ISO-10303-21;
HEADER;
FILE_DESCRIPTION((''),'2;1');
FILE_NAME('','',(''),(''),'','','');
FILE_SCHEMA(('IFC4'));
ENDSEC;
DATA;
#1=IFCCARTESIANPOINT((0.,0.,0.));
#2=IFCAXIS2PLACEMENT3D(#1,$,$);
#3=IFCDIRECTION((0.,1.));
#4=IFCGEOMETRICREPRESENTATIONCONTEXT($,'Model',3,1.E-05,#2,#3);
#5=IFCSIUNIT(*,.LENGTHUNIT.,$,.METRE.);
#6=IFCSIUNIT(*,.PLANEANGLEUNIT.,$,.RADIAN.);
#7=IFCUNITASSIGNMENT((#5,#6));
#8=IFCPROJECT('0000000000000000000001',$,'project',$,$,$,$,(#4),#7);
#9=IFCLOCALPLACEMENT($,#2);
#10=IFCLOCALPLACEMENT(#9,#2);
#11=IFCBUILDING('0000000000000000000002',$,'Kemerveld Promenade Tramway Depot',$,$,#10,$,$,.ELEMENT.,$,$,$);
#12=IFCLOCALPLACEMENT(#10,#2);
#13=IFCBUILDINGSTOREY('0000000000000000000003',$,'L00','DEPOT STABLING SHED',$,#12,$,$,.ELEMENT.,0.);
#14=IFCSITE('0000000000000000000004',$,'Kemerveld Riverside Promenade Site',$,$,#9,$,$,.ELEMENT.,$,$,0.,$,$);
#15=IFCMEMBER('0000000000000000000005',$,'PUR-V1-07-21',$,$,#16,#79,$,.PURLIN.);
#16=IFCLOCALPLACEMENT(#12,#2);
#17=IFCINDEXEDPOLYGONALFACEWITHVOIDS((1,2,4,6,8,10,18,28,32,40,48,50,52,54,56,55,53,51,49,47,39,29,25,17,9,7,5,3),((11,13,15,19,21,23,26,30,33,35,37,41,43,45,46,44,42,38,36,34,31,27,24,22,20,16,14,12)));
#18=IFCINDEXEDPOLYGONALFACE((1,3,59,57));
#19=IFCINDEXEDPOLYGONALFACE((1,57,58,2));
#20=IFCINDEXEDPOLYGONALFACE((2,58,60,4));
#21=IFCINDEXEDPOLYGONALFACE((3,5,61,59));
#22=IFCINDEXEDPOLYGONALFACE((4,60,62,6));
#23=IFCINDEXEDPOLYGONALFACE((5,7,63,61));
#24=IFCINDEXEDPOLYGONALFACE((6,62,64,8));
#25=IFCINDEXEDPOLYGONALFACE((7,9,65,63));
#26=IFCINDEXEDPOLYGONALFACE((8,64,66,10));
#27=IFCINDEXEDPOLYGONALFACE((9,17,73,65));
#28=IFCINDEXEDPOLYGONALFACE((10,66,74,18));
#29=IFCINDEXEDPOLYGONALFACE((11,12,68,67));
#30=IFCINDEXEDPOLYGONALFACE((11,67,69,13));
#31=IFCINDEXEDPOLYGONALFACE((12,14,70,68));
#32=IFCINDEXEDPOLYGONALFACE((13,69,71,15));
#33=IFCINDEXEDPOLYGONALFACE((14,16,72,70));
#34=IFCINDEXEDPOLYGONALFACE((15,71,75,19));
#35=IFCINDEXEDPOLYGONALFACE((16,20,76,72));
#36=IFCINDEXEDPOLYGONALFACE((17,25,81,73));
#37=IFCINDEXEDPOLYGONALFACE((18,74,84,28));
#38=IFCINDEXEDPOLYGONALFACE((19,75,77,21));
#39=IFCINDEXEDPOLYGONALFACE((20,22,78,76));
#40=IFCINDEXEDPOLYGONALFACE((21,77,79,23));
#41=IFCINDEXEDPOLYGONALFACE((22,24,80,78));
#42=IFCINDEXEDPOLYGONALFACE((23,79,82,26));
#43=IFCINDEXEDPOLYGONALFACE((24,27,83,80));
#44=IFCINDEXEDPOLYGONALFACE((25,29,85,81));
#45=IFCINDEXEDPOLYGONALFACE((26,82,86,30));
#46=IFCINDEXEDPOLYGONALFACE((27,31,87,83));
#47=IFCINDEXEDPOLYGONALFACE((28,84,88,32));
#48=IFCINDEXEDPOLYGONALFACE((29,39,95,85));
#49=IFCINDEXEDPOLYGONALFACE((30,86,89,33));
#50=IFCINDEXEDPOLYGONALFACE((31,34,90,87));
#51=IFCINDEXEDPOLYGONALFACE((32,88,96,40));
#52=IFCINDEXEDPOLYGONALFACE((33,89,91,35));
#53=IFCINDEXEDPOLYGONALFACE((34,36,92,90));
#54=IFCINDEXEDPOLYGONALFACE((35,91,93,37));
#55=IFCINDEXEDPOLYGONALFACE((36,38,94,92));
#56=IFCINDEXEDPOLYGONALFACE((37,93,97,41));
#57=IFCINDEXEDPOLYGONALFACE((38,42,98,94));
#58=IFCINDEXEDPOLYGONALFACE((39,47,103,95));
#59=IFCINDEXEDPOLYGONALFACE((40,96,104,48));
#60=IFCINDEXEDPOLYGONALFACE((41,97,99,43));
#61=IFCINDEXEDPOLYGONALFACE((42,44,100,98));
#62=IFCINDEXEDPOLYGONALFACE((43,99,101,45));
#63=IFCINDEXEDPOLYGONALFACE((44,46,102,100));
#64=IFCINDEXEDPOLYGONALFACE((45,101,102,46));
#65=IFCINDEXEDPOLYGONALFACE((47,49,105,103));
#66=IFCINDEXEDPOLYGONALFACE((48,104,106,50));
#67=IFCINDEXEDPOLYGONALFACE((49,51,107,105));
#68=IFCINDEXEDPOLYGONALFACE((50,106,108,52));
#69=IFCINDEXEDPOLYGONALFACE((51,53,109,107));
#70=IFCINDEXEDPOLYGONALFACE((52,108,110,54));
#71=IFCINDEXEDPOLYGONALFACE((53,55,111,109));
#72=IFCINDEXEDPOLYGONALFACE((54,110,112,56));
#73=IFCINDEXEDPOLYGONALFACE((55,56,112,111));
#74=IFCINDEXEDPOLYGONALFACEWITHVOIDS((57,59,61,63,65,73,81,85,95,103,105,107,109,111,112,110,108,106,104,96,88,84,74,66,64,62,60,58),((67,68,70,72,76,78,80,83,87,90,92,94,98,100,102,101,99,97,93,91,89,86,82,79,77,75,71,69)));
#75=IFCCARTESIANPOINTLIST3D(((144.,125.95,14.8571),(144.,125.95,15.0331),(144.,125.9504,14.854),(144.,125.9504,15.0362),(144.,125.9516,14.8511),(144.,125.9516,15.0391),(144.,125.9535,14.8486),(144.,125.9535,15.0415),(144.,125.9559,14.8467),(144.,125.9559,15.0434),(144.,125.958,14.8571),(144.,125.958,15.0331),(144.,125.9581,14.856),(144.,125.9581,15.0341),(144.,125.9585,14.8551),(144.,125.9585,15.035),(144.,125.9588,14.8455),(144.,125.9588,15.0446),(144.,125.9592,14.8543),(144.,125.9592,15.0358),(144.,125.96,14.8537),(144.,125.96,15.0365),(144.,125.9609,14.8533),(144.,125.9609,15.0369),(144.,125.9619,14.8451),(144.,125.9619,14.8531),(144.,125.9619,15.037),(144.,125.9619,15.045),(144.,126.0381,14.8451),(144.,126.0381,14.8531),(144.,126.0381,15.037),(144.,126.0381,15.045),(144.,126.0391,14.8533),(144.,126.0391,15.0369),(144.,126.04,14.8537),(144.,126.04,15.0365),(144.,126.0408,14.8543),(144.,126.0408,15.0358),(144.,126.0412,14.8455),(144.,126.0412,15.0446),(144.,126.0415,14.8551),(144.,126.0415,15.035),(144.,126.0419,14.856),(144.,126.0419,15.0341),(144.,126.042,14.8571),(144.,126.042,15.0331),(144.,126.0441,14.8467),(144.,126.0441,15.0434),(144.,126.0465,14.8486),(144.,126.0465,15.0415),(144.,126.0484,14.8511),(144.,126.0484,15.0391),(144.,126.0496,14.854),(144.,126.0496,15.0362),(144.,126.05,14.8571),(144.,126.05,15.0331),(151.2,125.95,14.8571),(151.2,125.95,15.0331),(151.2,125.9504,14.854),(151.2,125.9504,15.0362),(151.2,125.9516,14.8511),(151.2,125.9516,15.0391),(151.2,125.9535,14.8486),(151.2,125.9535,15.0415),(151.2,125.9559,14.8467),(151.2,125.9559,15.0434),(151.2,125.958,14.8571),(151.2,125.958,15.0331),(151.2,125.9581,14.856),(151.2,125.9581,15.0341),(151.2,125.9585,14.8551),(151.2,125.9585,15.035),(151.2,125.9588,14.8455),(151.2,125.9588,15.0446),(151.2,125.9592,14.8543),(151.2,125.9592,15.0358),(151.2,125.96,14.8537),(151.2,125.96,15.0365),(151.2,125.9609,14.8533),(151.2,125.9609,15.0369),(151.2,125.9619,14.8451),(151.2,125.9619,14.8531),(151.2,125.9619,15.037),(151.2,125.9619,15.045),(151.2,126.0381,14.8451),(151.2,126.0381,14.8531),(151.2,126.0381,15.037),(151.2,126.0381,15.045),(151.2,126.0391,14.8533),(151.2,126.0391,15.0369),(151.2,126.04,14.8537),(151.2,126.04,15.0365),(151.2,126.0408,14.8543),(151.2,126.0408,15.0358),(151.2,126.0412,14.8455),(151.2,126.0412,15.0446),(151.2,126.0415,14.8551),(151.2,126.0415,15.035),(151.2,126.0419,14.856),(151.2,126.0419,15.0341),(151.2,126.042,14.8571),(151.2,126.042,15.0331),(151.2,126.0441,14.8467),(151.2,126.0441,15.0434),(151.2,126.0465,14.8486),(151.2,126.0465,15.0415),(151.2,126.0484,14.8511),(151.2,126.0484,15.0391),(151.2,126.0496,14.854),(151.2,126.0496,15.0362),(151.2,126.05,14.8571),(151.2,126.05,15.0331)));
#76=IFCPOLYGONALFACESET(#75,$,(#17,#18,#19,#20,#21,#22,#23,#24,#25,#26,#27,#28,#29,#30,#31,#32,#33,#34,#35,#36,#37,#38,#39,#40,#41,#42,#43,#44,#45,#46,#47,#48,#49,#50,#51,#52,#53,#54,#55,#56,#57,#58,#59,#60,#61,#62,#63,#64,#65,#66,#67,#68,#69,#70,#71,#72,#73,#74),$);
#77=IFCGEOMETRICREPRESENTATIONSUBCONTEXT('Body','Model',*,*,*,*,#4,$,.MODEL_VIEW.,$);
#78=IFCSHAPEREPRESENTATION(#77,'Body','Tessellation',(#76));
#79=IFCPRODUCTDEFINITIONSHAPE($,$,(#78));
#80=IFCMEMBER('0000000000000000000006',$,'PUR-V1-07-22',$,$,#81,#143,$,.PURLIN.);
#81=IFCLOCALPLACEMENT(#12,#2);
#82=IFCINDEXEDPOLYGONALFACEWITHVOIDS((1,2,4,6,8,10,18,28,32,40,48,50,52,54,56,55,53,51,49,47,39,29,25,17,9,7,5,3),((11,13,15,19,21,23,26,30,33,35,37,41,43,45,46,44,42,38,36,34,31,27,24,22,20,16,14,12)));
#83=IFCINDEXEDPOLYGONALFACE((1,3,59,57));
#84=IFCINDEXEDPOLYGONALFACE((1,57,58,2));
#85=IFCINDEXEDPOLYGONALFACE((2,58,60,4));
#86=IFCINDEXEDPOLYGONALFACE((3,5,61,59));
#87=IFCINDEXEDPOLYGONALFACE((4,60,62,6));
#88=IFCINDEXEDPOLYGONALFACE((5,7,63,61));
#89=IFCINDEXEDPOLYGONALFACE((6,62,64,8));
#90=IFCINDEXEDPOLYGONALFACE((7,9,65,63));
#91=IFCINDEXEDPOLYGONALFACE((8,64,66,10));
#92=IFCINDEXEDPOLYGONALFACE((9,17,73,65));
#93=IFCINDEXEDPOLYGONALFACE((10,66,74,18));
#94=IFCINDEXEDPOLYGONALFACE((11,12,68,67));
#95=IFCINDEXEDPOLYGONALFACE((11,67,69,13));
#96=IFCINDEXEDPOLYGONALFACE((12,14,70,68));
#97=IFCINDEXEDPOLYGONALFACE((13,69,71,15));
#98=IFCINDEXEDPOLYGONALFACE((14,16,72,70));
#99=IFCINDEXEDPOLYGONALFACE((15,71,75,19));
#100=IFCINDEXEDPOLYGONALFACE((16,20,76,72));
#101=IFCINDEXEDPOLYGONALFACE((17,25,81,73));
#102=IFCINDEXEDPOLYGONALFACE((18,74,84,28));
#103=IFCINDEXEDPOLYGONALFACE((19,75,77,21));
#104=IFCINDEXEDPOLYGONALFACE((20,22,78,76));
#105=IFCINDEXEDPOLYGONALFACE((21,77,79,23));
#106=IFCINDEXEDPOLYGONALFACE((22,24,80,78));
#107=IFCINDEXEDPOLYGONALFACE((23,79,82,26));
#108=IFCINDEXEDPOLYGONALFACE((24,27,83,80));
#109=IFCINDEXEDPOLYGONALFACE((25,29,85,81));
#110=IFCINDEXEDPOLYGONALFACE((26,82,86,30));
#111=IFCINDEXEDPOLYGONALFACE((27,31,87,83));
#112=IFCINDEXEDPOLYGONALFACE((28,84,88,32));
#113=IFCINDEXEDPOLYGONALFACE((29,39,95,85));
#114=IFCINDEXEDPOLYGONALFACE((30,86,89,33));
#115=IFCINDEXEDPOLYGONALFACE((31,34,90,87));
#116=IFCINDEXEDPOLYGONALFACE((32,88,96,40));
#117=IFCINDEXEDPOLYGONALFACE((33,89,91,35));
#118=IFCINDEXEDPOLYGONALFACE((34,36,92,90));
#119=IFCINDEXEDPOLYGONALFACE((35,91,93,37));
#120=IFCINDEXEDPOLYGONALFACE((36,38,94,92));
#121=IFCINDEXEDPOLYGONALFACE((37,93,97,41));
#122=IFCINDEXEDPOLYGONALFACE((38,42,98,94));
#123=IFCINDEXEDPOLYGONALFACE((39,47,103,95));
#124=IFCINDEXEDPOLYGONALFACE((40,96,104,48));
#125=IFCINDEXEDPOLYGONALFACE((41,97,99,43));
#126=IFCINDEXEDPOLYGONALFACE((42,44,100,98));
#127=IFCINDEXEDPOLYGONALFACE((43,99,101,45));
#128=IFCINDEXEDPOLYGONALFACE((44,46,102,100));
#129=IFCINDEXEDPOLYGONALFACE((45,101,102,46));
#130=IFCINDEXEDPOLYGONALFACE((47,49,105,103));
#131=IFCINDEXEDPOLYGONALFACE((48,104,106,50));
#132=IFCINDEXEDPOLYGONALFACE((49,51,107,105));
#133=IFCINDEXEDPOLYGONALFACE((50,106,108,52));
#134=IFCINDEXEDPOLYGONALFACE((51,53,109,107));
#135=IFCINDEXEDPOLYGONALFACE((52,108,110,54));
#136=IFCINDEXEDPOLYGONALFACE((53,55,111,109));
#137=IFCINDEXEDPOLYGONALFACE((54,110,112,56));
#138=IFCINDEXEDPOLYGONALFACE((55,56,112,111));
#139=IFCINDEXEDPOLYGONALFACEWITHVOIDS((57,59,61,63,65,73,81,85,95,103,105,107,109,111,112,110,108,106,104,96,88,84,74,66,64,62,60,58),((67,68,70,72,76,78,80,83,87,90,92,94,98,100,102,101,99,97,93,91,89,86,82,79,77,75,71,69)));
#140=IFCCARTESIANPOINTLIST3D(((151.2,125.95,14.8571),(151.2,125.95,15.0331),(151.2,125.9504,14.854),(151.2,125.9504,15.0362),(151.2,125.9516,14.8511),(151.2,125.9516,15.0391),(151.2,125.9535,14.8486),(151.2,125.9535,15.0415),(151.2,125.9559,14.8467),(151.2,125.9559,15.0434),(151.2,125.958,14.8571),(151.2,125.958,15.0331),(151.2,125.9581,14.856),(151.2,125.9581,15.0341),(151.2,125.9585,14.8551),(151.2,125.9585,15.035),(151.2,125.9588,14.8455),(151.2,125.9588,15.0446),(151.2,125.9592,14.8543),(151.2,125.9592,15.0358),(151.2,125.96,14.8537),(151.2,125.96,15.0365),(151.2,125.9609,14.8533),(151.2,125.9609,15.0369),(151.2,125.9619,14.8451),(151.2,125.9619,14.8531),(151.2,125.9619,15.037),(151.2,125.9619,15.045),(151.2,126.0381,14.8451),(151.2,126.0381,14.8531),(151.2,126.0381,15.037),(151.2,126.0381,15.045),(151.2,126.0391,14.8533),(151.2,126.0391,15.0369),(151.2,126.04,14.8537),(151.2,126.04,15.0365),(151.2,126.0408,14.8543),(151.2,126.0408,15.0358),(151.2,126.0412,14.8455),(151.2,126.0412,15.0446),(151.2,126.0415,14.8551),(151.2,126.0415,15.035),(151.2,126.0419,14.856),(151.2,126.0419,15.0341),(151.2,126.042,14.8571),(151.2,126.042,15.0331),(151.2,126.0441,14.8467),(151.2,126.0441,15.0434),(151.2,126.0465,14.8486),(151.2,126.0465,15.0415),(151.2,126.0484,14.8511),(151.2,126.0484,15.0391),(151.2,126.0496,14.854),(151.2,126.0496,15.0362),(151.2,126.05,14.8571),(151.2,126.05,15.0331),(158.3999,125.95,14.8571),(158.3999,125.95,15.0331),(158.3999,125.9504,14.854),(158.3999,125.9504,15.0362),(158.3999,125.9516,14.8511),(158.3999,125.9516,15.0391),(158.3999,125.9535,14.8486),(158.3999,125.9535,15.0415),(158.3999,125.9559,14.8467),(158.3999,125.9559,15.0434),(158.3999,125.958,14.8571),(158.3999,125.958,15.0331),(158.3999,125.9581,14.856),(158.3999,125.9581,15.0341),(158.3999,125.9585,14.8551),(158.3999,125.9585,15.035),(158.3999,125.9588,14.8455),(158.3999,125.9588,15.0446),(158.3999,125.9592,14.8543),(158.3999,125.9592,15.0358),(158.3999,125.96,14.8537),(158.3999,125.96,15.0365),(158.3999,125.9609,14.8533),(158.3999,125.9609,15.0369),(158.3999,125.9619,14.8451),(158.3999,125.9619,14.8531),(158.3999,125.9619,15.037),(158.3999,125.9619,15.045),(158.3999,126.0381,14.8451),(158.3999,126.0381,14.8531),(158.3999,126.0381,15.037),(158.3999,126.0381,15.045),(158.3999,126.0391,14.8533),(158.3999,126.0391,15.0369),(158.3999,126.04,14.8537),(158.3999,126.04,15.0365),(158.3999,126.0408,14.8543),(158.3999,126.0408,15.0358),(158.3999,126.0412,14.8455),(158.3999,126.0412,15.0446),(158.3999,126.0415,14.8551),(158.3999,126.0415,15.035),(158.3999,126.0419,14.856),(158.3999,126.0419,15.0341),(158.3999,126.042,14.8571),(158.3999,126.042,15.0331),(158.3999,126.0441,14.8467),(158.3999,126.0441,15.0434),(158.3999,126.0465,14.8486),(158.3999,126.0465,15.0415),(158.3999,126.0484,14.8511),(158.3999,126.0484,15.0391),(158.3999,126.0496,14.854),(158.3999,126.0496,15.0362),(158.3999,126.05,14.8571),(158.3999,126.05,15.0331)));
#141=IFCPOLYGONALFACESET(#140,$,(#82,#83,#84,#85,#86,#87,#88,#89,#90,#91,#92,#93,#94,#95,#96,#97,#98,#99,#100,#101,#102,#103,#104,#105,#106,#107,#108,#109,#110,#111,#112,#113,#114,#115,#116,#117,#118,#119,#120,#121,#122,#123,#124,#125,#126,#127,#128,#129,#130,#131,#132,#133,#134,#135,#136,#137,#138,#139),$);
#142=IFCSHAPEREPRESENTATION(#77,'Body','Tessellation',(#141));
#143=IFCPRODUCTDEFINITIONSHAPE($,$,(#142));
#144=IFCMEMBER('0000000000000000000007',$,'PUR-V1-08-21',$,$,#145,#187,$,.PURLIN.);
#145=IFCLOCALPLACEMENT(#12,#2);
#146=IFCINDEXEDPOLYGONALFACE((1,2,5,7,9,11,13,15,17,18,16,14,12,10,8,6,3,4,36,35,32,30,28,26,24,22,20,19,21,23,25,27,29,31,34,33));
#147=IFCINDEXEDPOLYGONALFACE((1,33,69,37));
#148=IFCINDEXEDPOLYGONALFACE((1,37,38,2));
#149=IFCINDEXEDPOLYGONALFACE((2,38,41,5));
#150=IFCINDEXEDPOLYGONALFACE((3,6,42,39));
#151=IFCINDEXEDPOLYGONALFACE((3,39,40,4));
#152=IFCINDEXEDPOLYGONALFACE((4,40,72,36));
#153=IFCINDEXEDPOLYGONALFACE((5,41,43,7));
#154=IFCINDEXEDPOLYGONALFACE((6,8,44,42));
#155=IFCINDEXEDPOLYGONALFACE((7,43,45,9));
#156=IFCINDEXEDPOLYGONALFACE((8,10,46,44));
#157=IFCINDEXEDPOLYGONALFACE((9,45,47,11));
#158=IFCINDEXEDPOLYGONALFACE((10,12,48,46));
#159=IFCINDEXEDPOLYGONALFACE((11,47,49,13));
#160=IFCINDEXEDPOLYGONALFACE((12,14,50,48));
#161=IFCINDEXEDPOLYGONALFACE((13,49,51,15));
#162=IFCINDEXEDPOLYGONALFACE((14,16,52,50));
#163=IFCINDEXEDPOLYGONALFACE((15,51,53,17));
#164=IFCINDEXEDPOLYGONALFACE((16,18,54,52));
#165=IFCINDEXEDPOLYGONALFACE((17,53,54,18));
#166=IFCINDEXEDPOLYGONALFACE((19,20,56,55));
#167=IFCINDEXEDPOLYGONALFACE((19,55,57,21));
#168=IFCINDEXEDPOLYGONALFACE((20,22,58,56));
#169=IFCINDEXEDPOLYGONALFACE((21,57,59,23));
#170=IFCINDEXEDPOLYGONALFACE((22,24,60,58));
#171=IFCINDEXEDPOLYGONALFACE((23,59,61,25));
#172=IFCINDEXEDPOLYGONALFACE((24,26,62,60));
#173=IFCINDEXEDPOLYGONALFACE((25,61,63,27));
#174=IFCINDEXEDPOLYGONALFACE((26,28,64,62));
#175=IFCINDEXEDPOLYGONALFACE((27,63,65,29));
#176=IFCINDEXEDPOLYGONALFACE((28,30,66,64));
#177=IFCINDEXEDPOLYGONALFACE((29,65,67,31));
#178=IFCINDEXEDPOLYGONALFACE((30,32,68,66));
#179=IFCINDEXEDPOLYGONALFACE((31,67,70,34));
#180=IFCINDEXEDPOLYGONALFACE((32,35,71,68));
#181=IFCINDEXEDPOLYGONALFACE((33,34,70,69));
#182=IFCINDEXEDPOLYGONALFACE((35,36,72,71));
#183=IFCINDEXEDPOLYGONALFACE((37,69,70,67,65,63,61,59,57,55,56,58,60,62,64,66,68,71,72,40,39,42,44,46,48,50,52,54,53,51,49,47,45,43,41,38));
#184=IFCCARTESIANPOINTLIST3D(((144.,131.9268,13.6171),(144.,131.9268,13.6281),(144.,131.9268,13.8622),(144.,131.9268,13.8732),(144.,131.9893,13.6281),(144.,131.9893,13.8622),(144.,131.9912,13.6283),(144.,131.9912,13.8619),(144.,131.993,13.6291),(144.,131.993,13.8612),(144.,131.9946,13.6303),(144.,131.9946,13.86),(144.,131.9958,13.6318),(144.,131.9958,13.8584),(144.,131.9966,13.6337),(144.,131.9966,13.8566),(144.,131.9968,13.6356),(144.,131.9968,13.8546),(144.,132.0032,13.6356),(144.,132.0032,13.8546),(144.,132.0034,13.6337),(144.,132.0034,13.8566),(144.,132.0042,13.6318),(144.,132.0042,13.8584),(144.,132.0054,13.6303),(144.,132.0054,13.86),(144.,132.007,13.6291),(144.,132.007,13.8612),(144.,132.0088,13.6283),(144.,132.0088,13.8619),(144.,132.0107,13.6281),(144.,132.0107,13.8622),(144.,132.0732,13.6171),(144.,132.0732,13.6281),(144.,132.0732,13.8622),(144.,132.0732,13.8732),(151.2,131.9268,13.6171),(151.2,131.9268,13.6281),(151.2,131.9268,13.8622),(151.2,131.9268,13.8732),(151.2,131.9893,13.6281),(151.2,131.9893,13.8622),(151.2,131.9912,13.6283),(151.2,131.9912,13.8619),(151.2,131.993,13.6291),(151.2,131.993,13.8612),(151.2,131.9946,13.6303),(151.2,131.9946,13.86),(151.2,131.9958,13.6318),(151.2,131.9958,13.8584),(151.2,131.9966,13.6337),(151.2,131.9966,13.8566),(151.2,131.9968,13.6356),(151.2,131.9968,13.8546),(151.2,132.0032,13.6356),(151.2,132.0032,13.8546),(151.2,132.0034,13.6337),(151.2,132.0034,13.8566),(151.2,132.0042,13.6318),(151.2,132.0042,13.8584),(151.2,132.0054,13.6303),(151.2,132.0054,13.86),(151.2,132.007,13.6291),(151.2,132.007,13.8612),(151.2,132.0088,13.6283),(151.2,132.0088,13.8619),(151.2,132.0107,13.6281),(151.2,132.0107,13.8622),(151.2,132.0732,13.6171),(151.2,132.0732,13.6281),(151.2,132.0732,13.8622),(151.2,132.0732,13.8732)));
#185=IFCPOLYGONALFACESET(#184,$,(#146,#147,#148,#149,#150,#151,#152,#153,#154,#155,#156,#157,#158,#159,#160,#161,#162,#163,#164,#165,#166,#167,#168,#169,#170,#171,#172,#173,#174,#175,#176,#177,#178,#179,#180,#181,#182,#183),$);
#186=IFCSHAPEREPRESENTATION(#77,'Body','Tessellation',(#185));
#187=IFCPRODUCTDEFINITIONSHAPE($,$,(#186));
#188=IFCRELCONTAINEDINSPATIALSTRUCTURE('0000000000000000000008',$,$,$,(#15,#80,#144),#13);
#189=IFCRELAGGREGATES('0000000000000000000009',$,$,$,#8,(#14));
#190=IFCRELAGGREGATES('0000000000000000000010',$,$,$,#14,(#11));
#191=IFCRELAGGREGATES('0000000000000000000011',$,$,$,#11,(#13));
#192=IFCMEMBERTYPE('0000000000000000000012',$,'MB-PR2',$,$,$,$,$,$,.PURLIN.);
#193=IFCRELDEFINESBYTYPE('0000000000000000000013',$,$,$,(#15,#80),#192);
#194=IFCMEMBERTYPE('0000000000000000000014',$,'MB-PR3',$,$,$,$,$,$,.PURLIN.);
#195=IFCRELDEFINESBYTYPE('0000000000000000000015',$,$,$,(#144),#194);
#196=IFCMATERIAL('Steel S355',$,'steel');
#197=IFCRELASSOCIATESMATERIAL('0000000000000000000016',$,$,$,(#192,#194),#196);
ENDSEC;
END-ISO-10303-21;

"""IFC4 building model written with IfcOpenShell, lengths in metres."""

from ifc_helpers import new_model, si_unit, direction, frame, origin, origin_2d, place, context, subcontext, project, spatial, hollow_rectangle, i_section, extrude, material, material_profile, profile_set, type_object, element, save


model = new_model("IFC4")

# Units and contexts
model_context = context("Model", 3, precision=1e-05, world=origin(), true_north=direction((0.0, 1.0)))
body_context = subcontext(model_context, "Body", "Model", "MODEL_VIEW")
ifc_project = project(units=[si_unit("LENGTHUNIT", "METRE"), si_unit("PLANEANGLEUNIT", "RADIAN")], contexts=[model_context])

# Site, building, storey
site_placement = place(None, origin())
site = spatial("IfcSite", under=ifc_project, at=site_placement, Name="Kemerveld Riverside Promenade Site", CompositionType="ELEMENT", RefElevation=0.0)
building_placement = place(site_placement, origin())
building = spatial("IfcBuilding", under=site, at=building_placement, Name="Kemerveld Promenade Tramway Depot", CompositionType="ELEMENT")
storey_placement = place(building_placement, origin())
storey = spatial("IfcBuildingStorey", under=building, at=storey_placement, Name="L00", Description="DEPOT STABLING SHED", CompositionType="ELEMENT", Elevation=0.0)

# Members
ifc_material = material(Name="Steel S355", Category="steel")
ifc_material_profile_1 = material_profile(ifc_material, hollow_rectangle(XDim=0.1001, YDim=0.2, WallThickness=0.0081, InnerFilletRadius=0.0039, OuterFilletRadius=0.012, at=origin_2d()), Name="200x100x8.0 RHS")
ifc_profile_set_1 = profile_set([ifc_material_profile_1], Name="Steel S355")
member_type_1 = type_object("IfcMemberType", Name="MB-PR2", PredefinedType="PURLIN", material=ifc_profile_set_1)
for number, where, z_axis, x_axis, name in (
    (1, (144.0, 126.0, 14.9451), (1.0, 0.0, 0.0), (0.0, 1.0, 0.0), "PUR-V1-07-21"),
    (2, (151.2, 126.0, 14.9451), (1.0, 0.0, 0.0), (0.0, 1.0, 0.0), "PUR-V1-07-22"),
):
    element("IfcMember", number, at=place(storey_placement, frame(where, z_axis=z_axis, x_axis=x_axis)), inside=storey, type_object=member_type_1, Name=name, PredefinedType="PURLIN", context=body_context, shape_type="SweptSolid", body=[
        extrude(hollow_rectangle(XDim=0.1001, YDim=0.2, WallThickness=0.0081, InnerFilletRadius=0.0039, OuterFilletRadius=0.012, at=origin_2d()), origin(), (0.0, 0.0, 1.0), 7.2),
    ])
ifc_material_profile_2 = material_profile(ifc_material, i_section(OverallWidth=0.1465, OverallDepth=0.2561, WebThickness=0.0063, FlangeThickness=0.011, FilletRadius=0.0076, at=origin_2d()), Name="254x146x37 UB")
ifc_profile_set_2 = profile_set([ifc_material_profile_2], Name="Steel S355")
member_type_2 = type_object("IfcMemberType", Name="MB-PR3", PredefinedType="PURLIN", material=ifc_profile_set_2)
for number, where, z_axis, x_axis, name in (
    (3, (144.0, 132.0, 13.7451), (1.0, 0.0, 0.0), (0.0, 1.0, 0.0), "PUR-V1-08-21"),
):
    element("IfcMember", number, at=place(storey_placement, frame(where, z_axis=z_axis, x_axis=x_axis)), inside=storey, type_object=member_type_2, Name=name, PredefinedType="PURLIN", context=body_context, shape_type="SweptSolid", body=[
        extrude(i_section(OverallWidth=0.1465, OverallDepth=0.2561, WebThickness=0.0063, FlangeThickness=0.011, FilletRadius=0.0076, at=origin_2d()), origin(), (0.0, 0.0, 1.0), 7.2),
    ])

save(model, "model.ifc")
